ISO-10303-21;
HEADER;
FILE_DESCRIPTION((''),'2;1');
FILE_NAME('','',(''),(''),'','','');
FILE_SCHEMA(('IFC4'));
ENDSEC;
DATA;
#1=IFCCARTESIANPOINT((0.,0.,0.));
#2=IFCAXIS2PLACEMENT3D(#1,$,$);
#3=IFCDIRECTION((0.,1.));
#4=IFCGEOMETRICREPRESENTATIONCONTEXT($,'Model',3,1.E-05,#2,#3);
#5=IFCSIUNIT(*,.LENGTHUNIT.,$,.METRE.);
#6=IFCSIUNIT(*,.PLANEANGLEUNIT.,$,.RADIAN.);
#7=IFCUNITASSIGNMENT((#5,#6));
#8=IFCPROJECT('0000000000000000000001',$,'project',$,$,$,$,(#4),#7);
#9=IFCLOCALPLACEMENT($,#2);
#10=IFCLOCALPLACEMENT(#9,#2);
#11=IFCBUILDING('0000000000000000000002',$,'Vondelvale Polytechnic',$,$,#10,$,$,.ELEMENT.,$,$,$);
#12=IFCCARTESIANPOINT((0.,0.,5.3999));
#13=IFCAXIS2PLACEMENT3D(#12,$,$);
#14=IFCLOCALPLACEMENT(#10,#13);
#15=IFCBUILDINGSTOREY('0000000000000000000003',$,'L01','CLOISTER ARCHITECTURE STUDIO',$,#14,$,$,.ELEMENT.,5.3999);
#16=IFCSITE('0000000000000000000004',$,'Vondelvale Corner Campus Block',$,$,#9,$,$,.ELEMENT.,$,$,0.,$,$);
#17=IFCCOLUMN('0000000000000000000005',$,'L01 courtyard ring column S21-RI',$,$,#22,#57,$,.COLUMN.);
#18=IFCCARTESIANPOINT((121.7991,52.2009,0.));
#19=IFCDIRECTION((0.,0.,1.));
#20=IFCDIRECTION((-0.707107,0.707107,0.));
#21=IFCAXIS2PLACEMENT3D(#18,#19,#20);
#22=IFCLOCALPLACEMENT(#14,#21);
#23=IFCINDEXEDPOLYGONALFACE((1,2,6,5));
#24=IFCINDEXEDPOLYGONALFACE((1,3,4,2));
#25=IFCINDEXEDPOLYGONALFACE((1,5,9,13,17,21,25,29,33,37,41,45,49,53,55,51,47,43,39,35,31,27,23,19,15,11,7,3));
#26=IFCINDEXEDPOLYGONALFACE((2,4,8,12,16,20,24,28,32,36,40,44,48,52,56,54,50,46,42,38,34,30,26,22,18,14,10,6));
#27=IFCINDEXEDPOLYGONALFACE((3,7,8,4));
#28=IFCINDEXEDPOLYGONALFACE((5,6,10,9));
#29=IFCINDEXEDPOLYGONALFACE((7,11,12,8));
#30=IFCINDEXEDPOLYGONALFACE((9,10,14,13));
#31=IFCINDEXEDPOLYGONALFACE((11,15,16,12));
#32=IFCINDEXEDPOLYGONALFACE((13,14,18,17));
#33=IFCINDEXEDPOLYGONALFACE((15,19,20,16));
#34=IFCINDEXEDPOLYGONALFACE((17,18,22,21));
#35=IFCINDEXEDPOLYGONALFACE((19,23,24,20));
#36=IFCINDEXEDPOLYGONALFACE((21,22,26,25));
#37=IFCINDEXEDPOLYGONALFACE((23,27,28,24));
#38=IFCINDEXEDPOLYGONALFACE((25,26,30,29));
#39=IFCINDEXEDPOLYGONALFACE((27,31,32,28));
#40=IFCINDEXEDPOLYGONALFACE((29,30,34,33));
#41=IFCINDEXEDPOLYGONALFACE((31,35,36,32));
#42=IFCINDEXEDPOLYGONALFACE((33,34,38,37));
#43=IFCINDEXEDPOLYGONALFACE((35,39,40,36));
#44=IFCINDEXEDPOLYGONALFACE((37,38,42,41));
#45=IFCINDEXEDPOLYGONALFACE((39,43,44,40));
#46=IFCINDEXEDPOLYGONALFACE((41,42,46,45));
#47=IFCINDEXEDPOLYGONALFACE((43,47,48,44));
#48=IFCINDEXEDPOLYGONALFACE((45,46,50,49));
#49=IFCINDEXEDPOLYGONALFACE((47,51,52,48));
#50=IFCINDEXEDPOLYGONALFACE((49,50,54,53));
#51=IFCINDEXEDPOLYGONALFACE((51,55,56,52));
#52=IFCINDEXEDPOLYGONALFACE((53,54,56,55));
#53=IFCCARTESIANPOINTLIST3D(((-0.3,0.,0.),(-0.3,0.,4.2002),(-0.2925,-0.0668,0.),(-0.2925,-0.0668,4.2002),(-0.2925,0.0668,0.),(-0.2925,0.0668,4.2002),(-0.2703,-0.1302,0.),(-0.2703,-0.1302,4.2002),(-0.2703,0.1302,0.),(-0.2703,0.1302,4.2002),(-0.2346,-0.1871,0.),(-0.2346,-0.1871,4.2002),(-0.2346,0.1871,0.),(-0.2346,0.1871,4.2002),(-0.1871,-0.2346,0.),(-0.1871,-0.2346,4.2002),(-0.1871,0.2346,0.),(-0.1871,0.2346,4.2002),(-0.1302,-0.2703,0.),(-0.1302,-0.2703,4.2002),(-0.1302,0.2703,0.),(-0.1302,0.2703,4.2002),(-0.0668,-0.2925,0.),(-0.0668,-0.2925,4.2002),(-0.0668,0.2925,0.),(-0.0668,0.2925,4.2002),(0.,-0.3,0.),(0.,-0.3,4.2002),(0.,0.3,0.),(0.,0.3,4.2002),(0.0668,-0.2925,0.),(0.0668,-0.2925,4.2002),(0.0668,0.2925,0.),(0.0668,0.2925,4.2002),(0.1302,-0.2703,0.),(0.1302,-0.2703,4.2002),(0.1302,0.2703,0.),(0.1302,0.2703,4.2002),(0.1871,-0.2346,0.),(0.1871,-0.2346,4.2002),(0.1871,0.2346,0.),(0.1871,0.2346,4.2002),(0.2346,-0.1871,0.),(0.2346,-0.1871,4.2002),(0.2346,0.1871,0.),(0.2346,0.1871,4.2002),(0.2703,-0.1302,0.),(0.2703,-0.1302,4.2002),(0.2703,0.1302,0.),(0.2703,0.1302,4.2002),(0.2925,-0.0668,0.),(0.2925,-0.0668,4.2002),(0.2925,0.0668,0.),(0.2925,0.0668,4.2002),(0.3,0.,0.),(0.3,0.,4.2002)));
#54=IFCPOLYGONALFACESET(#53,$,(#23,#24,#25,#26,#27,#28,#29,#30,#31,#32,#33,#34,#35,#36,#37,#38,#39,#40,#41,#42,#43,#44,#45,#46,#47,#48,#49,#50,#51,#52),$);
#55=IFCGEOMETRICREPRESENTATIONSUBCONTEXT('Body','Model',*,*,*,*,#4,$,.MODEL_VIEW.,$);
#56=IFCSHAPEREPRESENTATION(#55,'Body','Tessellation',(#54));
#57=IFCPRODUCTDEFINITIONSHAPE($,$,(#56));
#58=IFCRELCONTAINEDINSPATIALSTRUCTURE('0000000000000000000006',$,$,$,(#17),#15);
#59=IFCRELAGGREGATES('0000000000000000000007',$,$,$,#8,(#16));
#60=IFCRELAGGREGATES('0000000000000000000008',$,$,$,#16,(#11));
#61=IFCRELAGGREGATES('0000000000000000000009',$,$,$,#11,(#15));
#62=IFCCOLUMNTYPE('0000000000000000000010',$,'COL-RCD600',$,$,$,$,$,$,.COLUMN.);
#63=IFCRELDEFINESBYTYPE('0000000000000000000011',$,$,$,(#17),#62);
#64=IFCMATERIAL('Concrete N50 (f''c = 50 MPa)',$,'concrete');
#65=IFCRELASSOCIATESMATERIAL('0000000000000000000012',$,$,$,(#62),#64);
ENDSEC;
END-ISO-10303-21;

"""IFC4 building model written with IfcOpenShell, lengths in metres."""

from ifc_helpers import new_model, si_unit, direction, frame, origin, origin_2d, place, context, subcontext, project, spatial, circle, extrude, material, material_profile, profile_set, type_object, element, save


model = new_model("IFC4")

# Units and contexts
model_context = context("Model", 3, precision=1e-05, world=origin(), true_north=direction((0.0, 1.0)))
body_context = subcontext(model_context, "Body", "Model", "MODEL_VIEW")
ifc_project = project(units=[si_unit("LENGTHUNIT", "METRE"), si_unit("PLANEANGLEUNIT", "RADIAN")], contexts=[model_context])

# Site, building, storey
site_placement = place(None, origin())
site = spatial("IfcSite", under=ifc_project, at=site_placement, Name="Vondelvale Corner Campus Block", CompositionType="ELEMENT", RefElevation=0.0)
building_placement = place(site_placement, origin())
building = spatial("IfcBuilding", under=site, at=building_placement, Name="Vondelvale Polytechnic", CompositionType="ELEMENT")
storey_placement = place(building_placement, frame((0.0, 0.0, 5.3999)))
storey = spatial("IfcBuildingStorey", under=building, at=storey_placement, Name="L01", Description="CLOISTER ARCHITECTURE STUDIO", CompositionType="ELEMENT", Elevation=5.3999)

# Column
ifc_material_1 = material(Name="Concrete N50 (f'c = 50 MPa)", Category="concrete")
ifc_material_profile_1 = material_profile(ifc_material_1, circle(Radius=0.3, at=origin_2d()), Name="RC-COL-D600")
ifc_profile_set_1 = profile_set([ifc_material_profile_1], Name="Concrete N50 (f'c = 50 MPa)")
column_type = type_object("IfcColumnType", Name="COL-RCD600", PredefinedType="COLUMN", material=ifc_profile_set_1)
column_placement = place(storey_placement, frame((121.7991, 52.2009, 0.0), z_axis=(0.0, 0.0, 1.0), x_axis=(-0.707107, 0.707107, 0.0)))
element("IfcColumn", 1, at=column_placement, inside=storey, type_object=column_type, Name="L01 courtyard ring column S21-RI", PredefinedType="COLUMN", context=body_context, shape_type="SweptSolid", body=[
    extrude(circle(Radius=0.3, at=origin_2d()), origin(), (0.0, 0.0, 1.0), 4.2002),
])

save(model, "model.ifc")
